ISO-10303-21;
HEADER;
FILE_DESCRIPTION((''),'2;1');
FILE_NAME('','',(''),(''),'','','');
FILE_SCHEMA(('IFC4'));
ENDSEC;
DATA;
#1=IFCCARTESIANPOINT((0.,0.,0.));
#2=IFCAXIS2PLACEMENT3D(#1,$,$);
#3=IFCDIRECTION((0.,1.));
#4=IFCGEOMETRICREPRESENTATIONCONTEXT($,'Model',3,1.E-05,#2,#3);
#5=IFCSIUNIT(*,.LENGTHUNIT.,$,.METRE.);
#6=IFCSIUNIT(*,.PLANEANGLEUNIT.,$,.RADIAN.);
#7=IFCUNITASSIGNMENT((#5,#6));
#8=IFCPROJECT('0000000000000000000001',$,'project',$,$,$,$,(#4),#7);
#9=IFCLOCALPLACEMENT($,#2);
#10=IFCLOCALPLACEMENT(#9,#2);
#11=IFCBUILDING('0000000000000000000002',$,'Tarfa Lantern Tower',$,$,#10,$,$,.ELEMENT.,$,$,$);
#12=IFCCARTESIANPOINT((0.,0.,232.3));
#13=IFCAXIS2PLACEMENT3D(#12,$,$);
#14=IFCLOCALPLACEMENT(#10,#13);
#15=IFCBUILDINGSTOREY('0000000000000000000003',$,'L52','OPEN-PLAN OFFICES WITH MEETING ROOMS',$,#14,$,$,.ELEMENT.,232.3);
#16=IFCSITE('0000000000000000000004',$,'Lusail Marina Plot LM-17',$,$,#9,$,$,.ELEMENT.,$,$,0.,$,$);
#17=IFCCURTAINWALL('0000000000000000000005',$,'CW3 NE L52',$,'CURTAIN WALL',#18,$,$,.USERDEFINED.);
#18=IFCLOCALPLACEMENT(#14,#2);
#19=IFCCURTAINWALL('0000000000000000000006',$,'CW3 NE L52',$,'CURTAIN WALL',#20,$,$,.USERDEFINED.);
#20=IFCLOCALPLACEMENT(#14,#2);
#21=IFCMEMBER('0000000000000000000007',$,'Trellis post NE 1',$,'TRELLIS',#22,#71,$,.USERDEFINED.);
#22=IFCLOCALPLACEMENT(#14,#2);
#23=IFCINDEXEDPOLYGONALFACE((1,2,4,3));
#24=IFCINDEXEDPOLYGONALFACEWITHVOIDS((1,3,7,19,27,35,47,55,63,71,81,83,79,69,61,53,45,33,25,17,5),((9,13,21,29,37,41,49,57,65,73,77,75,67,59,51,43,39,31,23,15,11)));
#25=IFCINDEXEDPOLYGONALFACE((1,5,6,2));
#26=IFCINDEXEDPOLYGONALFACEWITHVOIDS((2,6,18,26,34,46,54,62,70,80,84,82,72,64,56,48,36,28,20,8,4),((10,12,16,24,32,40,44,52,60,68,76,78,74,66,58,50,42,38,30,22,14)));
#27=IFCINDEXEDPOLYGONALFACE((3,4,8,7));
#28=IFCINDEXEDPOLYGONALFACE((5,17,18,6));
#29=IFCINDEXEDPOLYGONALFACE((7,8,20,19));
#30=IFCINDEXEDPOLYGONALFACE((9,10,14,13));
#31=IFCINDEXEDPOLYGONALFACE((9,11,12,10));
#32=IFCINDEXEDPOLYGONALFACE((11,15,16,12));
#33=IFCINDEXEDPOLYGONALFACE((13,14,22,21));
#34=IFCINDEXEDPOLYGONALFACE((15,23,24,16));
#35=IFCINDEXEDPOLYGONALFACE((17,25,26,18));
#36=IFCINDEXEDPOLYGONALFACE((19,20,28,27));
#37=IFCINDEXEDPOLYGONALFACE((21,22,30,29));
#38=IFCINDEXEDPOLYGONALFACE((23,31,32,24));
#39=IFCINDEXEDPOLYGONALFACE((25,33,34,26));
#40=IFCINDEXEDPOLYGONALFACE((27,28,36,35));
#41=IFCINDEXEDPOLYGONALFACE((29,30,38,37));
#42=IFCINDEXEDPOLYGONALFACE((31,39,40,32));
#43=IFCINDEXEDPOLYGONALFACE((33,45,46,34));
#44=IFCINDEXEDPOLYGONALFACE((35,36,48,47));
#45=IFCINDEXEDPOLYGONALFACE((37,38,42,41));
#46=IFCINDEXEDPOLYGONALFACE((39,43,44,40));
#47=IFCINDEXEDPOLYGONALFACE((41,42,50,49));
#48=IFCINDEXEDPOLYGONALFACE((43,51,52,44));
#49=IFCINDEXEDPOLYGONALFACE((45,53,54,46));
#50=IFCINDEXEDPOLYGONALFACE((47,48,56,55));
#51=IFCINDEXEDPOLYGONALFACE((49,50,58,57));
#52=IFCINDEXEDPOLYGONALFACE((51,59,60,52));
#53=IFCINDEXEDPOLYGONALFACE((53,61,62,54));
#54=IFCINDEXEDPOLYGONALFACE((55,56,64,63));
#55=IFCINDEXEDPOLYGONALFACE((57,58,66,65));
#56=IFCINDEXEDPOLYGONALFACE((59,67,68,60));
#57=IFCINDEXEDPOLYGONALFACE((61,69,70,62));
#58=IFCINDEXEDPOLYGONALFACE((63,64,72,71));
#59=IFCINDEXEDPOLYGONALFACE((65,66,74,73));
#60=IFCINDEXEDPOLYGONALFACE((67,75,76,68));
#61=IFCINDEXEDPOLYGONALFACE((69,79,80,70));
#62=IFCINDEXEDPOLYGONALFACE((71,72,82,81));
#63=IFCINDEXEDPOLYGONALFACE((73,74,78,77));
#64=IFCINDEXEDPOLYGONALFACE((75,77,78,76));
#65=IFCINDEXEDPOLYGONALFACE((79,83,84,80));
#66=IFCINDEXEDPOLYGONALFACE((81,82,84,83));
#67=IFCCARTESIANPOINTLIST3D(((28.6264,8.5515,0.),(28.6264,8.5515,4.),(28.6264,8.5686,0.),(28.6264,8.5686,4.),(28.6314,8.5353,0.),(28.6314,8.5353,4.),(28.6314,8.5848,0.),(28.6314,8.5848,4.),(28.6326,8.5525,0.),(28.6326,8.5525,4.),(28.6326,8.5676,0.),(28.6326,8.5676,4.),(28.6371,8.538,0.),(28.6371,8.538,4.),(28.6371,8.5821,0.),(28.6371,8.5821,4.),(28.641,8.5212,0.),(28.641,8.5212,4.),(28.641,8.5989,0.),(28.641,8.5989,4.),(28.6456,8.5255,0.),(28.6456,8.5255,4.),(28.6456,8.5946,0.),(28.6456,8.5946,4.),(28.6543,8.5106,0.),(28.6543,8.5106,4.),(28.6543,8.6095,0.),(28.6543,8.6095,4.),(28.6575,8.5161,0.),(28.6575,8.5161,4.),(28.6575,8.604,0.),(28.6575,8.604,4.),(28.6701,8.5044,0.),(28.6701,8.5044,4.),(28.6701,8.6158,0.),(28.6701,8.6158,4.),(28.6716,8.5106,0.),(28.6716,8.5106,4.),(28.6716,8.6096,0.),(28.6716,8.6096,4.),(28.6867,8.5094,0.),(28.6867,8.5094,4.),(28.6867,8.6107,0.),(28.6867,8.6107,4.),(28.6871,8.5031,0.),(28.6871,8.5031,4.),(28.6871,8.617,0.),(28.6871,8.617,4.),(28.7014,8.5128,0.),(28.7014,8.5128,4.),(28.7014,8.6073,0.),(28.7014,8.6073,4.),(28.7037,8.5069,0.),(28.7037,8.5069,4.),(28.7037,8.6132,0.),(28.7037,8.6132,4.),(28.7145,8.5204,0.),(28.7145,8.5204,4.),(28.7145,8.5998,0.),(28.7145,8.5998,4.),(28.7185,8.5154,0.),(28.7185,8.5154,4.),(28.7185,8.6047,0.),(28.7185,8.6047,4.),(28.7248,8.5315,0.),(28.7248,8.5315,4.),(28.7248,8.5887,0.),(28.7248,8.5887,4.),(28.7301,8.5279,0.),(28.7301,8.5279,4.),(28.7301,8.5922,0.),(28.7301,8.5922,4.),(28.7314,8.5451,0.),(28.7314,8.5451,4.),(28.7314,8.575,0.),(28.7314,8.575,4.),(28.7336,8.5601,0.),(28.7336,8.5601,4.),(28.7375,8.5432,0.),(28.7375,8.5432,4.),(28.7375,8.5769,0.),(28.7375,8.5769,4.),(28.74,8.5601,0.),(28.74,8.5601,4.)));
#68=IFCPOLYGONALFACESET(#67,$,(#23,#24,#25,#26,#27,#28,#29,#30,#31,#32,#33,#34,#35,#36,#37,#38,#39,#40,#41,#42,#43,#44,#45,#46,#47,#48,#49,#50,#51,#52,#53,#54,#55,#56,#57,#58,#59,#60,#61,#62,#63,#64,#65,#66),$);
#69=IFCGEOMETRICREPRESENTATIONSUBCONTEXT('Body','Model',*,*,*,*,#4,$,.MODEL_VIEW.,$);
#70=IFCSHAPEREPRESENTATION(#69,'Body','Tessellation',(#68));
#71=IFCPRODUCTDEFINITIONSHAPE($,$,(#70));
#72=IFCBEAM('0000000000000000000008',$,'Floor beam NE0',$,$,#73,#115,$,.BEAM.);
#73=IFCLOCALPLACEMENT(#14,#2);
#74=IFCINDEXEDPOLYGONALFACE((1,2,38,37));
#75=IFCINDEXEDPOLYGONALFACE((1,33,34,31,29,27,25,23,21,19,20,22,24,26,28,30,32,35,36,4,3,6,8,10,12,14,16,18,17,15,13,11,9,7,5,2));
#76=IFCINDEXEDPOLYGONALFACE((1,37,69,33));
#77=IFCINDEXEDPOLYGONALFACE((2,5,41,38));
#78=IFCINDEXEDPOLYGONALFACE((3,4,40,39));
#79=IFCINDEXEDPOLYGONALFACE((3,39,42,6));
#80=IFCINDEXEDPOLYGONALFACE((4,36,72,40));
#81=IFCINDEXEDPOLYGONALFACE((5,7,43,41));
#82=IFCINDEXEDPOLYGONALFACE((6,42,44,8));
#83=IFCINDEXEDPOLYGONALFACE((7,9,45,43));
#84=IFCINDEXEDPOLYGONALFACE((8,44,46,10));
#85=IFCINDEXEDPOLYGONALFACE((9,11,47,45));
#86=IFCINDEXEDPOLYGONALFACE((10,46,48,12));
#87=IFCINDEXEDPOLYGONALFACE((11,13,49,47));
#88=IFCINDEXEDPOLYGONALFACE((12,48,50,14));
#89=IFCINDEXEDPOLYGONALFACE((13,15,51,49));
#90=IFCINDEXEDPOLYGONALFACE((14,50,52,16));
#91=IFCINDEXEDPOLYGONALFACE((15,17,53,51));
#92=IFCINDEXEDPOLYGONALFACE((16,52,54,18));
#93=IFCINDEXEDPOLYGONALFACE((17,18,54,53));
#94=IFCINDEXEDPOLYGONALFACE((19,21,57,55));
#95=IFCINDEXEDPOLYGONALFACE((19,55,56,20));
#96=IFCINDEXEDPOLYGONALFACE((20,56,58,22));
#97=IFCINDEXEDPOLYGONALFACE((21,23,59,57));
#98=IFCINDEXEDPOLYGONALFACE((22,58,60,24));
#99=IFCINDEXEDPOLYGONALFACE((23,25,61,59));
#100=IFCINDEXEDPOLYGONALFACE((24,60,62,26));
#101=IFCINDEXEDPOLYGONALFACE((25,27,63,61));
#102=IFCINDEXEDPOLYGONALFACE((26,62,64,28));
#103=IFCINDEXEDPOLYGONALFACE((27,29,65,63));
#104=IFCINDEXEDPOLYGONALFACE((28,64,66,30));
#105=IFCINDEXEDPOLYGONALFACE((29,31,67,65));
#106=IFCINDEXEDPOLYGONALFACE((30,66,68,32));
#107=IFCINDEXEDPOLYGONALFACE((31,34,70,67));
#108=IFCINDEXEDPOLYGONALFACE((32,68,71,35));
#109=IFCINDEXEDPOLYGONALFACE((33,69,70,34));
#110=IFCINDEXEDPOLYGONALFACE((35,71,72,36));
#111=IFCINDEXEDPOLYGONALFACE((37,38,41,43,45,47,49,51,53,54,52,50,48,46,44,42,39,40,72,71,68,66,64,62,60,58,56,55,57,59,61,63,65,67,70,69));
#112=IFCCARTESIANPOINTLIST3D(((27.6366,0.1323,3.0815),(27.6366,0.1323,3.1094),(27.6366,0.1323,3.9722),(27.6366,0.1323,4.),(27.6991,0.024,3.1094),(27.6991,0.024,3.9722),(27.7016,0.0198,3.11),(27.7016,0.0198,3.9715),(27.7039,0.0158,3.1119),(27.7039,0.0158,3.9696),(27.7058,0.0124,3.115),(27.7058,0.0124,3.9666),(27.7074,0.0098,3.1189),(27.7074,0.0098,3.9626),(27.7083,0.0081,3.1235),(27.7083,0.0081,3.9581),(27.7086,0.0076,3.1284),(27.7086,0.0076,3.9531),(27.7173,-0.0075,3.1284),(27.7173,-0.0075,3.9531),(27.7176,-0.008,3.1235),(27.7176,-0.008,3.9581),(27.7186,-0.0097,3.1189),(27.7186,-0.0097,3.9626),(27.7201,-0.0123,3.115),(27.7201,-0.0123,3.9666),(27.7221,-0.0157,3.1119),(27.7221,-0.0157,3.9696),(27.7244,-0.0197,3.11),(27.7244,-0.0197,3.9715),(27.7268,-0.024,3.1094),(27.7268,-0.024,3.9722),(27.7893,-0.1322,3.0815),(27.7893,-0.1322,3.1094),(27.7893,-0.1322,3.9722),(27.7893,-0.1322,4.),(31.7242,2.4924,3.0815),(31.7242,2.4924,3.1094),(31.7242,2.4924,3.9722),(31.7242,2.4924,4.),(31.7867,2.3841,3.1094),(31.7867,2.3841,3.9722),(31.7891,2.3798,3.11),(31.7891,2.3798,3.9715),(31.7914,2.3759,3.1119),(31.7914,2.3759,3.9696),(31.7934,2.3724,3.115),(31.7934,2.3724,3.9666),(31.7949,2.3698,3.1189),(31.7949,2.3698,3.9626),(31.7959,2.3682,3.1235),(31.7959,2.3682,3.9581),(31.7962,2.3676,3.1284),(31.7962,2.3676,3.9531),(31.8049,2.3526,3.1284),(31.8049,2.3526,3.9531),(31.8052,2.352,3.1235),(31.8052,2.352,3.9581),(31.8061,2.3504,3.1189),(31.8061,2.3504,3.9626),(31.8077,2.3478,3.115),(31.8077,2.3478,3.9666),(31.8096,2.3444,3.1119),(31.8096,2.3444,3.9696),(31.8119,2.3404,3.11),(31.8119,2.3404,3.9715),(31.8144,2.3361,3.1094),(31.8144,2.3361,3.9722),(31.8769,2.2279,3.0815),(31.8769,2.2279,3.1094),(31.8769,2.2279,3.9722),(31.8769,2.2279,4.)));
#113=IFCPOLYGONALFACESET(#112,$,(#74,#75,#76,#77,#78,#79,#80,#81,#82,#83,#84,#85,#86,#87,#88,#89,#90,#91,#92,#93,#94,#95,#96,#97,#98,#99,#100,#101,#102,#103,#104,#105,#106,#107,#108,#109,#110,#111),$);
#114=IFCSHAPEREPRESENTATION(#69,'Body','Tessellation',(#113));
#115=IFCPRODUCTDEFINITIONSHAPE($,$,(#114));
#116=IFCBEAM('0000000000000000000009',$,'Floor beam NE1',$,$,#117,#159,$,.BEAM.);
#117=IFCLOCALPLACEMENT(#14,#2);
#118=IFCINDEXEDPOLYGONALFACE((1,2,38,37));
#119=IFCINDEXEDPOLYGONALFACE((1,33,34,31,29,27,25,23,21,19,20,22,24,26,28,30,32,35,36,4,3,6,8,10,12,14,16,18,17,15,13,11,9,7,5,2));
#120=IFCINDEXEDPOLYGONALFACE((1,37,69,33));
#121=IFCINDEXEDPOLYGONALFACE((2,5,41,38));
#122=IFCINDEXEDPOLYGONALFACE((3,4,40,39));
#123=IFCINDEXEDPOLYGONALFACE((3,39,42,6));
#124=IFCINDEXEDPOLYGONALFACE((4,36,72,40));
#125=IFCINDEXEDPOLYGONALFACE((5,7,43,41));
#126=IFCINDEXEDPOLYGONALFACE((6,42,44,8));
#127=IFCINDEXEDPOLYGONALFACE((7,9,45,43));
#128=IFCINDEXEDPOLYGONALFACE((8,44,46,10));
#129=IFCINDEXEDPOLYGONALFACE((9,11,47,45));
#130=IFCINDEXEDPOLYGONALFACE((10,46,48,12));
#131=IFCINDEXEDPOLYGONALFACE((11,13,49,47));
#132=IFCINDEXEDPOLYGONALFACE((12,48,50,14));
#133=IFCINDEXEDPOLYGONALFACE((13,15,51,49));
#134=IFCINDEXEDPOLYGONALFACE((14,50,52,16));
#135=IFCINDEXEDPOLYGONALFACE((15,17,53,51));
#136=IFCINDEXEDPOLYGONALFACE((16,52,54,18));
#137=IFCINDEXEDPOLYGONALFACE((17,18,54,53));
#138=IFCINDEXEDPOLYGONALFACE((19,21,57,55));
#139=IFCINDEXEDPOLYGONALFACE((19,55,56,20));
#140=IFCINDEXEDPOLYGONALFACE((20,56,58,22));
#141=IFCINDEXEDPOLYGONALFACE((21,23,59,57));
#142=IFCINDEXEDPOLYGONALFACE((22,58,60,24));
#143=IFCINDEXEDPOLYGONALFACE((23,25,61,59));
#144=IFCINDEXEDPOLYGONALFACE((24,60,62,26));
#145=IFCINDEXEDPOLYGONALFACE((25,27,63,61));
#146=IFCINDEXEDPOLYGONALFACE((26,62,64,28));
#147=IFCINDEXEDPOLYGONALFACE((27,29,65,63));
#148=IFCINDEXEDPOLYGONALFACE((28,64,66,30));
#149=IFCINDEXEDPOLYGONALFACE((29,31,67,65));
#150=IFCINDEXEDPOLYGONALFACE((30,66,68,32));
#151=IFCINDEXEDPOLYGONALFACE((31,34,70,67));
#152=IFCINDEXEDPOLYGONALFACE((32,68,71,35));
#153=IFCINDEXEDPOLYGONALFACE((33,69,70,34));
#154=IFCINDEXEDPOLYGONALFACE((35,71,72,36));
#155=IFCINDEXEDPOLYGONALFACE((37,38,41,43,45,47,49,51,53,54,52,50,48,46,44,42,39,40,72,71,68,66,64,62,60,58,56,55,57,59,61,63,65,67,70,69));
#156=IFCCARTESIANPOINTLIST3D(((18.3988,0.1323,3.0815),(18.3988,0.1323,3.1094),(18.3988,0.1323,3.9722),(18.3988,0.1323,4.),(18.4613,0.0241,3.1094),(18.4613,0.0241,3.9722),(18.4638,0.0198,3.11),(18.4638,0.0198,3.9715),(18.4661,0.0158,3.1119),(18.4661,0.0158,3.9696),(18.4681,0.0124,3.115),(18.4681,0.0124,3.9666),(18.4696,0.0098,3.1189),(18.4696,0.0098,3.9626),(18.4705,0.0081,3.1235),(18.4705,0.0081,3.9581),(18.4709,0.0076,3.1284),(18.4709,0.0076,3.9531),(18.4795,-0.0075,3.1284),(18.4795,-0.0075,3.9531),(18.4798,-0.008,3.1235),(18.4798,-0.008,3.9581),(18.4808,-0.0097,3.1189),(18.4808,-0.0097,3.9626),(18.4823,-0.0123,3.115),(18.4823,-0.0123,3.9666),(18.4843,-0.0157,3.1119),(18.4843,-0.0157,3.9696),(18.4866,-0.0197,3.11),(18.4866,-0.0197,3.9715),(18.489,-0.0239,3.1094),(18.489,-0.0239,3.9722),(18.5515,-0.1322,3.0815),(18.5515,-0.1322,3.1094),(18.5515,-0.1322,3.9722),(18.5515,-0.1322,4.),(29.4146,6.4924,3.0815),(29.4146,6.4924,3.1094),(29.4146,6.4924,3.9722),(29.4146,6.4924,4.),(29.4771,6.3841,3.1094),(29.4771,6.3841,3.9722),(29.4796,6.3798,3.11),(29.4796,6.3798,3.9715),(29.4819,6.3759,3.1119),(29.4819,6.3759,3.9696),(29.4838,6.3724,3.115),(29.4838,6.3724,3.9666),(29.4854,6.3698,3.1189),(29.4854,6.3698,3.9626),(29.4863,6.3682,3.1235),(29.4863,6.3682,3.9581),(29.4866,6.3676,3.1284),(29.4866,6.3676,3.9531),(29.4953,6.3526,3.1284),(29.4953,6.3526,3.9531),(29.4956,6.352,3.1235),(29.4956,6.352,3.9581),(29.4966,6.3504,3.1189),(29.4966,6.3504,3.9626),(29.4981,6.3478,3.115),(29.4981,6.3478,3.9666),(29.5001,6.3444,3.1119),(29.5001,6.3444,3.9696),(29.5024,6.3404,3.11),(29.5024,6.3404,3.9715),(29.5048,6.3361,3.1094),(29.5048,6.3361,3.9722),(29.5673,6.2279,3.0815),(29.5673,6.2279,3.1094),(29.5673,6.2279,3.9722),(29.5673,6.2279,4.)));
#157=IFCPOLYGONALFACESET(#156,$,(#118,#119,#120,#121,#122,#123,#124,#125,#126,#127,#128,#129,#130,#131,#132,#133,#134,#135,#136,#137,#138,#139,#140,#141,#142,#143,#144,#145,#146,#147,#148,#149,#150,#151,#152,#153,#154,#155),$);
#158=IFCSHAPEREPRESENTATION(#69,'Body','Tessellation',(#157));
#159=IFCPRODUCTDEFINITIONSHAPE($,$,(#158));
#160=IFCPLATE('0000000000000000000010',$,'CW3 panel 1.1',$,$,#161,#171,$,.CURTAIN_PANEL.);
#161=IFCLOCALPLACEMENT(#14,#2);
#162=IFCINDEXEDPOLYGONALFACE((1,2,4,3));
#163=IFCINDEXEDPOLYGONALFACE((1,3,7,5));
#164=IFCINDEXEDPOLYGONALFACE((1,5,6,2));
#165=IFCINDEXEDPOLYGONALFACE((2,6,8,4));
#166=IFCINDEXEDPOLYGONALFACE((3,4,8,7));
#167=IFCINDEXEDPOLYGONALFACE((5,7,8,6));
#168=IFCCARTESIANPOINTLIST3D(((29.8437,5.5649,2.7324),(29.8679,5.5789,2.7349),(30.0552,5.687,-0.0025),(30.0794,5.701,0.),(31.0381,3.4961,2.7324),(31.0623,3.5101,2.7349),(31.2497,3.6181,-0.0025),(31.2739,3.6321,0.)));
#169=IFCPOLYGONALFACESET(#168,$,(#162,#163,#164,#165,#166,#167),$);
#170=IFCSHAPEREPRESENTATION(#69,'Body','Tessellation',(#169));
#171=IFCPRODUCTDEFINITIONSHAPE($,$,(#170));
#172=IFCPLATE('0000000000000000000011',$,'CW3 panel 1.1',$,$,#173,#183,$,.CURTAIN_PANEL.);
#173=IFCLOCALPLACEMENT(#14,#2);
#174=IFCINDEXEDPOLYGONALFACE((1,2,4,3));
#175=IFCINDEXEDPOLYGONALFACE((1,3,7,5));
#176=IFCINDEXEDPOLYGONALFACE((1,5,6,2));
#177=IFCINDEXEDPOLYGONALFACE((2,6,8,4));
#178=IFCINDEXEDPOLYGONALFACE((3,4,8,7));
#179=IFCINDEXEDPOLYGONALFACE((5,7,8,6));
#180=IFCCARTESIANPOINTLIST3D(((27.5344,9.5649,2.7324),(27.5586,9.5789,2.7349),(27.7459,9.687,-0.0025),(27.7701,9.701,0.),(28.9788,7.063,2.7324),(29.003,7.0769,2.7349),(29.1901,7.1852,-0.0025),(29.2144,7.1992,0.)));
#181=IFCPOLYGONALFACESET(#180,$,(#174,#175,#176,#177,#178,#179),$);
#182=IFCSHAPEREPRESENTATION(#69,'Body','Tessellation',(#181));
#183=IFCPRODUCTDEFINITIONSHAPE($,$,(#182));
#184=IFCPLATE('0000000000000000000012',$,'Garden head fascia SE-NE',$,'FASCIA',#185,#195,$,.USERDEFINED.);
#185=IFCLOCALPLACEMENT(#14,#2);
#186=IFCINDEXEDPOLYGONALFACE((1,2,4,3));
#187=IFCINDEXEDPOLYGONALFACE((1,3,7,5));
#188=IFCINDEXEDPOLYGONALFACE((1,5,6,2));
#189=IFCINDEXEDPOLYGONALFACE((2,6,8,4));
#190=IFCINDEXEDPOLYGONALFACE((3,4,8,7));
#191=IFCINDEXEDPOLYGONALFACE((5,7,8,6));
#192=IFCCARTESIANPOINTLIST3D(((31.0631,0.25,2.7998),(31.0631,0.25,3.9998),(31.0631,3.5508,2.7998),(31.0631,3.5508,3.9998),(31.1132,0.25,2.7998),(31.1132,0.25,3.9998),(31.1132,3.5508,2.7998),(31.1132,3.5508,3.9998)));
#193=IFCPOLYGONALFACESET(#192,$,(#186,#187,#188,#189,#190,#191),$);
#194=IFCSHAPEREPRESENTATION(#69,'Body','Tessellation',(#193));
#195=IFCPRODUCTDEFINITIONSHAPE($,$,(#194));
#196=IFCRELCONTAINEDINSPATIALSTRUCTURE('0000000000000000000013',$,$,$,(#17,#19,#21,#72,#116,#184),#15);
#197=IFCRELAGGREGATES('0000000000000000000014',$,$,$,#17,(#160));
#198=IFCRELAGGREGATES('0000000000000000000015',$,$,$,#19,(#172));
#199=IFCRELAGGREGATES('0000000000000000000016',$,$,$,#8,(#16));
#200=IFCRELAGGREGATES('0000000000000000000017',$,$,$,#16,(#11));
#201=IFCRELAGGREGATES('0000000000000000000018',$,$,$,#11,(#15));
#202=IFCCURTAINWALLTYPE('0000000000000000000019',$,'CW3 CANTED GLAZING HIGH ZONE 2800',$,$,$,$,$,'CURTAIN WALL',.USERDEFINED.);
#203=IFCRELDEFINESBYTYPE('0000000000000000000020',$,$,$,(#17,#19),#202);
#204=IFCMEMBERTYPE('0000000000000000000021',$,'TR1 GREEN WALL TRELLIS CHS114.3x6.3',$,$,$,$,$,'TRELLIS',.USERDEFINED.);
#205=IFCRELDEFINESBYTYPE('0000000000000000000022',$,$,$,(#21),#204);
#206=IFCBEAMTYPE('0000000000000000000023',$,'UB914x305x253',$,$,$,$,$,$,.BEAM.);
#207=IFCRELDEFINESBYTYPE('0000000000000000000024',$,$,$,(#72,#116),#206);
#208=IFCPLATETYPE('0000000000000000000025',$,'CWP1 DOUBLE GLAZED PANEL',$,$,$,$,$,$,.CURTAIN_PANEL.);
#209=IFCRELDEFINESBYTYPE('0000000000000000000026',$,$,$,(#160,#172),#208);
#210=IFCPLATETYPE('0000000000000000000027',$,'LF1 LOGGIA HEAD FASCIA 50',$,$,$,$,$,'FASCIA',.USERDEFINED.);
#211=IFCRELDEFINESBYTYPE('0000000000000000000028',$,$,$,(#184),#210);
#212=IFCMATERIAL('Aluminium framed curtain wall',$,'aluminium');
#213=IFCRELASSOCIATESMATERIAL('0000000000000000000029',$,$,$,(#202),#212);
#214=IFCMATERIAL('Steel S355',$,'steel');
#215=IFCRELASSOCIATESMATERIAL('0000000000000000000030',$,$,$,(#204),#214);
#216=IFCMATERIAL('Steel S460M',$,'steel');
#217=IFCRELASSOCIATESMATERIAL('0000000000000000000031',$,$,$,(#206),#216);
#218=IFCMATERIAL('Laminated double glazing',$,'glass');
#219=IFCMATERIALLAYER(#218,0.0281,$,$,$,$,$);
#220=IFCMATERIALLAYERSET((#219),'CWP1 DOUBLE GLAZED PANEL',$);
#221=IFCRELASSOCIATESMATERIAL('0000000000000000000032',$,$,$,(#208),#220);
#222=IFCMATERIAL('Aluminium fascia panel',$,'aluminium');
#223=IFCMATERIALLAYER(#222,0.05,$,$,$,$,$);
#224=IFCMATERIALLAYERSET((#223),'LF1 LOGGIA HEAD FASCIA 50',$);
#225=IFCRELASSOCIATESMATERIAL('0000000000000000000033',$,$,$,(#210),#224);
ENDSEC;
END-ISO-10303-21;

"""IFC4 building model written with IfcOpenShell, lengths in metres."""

from ifc_helpers import new_model, si_unit, direction, frame, origin, origin_2d, place, context, subcontext, project, spatial, polyline, rectangle, hollow_circle, i_section, outline, extrude, material, layer, layer_set, material_profile, profile_set, type_object, element, aggregate, save


model = new_model("IFC4")

# Units and contexts
model_context = context("Model", 3, precision=1e-05, world=origin(), true_north=direction((0.0, 1.0)))
body_context = subcontext(model_context, "Body", "Model", "MODEL_VIEW")
ifc_project = project(units=[si_unit("LENGTHUNIT", "METRE"), si_unit("PLANEANGLEUNIT", "RADIAN")], contexts=[model_context])

# Site, building, storey
site_placement = place(None, origin())
site = spatial("IfcSite", under=ifc_project, at=site_placement, Name="Lusail Marina Plot LM-17", CompositionType="ELEMENT", RefElevation=0.0)
building_placement = place(site_placement, origin())
building = spatial("IfcBuilding", under=site, at=building_placement, Name="Tarfa Lantern Tower", CompositionType="ELEMENT")
storey_placement = place(building_placement, frame((0.0, 0.0, 232.3)))
storey = spatial("IfcBuildingStorey", under=building, at=storey_placement, Name="L52", Description="OPEN-PLAN OFFICES WITH MEETING ROOMS", CompositionType="ELEMENT", Elevation=232.3)

# Curtain walls
ifc_material_1 = material(Name="Aluminium framed curtain wall", Category="aluminium")
curtain_wall_type = type_object("IfcCurtainWallType", Name="CW3 CANTED GLAZING HIGH ZONE 2800", ElementType="CURTAIN WALL", PredefinedType="USERDEFINED", material=ifc_material_1)
curtain_wall_1_placement = place(storey_placement, origin())
curtain_wall_1 = element("IfcCurtainWall", 1, at=curtain_wall_1_placement, inside=storey, type_object=curtain_wall_type, Name="CW3 NE L52", ObjectType="CURTAIN WALL", PredefinedType="USERDEFINED")
curtain_wall_2_placement = place(storey_placement, origin())
curtain_wall_2 = element("IfcCurtainWall", 2, at=curtain_wall_2_placement, inside=storey, type_object=curtain_wall_type, Name="CW3 NE L52", ObjectType="CURTAIN WALL", PredefinedType="USERDEFINED")

# Member
ifc_material_2 = material(Name="Steel S355", Category="steel")
ifc_material_profile_1 = material_profile(ifc_material_2, hollow_circle(Radius=0.0571, WallThickness=0.0063, at=origin_2d()), Name="CHS114.3x6.3")
ifc_profile_set_1 = profile_set([ifc_material_profile_1], Name="Steel S355")
member_type_1 = type_object("IfcMemberType", Name="TR1 GREEN WALL TRELLIS CHS114.3x6.3", ElementType="TRELLIS", PredefinedType="USERDEFINED", material=ifc_profile_set_1)
member_1_placement = place(storey_placement, frame((28.6829, 8.5601, 0.0), z_axis=(0.0, 0.0, 1.0), x_axis=(1.0, 0.0, 0.0)))
element("IfcMember", 3, at=member_1_placement, inside=storey, type_object=member_type_1, Name="Trellis post NE 1", ObjectType="TRELLIS", PredefinedType="USERDEFINED", context=body_context, shape_type="SweptSolid", body=[
    extrude(hollow_circle(Radius=0.0571, WallThickness=0.0063, at=origin_2d()), origin(), (0.0, 0.0, 1.0), 4.0),
])

# Beams
ifc_material_3 = material(Name="Steel S460M", Category="steel")
ifc_material_profile_2 = material_profile(ifc_material_3, i_section(OverallWidth=0.3054, OverallDepth=0.9185, WebThickness=0.0173, FlangeThickness=0.0278, FilletRadius=0.019, at=origin_2d()), Name="UB914x305x253")
ifc_profile_set_2 = profile_set([ifc_material_profile_2], Name="Steel S460M")
beam_type_1 = type_object("IfcBeamType", Name="UB914x305x253", PredefinedType="BEAM", material=ifc_profile_set_2)
beam_1_placement = place(storey_placement, frame((31.8005, 2.3601, 3.5408), z_axis=(-0.866016, -0.500016, 0.0), x_axis=(0.500016, -0.866016, 0.0)))
element("IfcBeam", 4, at=beam_1_placement, inside=storey, type_object=beam_type_1, Name="Floor beam NE0", PredefinedType="BEAM", context=body_context, shape_type="SweptSolid", body=[
    extrude(i_section(OverallWidth=0.3054, OverallDepth=0.9185, WebThickness=0.0173, FlangeThickness=0.0278, FilletRadius=0.019, at=origin_2d()), origin(), (0.0, 0.0, 1.0), 4.72),
])
beam_2_placement = place(storey_placement, frame((29.491, 6.3601, 3.5408), z_axis=(-0.866022, -0.500005, 0.0), x_axis=(0.500005, -0.866022, 0.0)))
element("IfcBeam", 5, at=beam_2_placement, inside=storey, type_object=beam_type_1, Name="Floor beam NE1", PredefinedType="BEAM", context=body_context, shape_type="SweptSolid", body=[
    extrude(i_section(OverallWidth=0.3054, OverallDepth=0.9185, WebThickness=0.0173, FlangeThickness=0.0278, FilletRadius=0.019, at=origin_2d()), origin(), (0.0, 0.0, 1.0), 12.72),
])

# Plates
ifc_material_4 = material(Name="Laminated double glazing", Category="glass")
ifc_layer_1 = layer(ifc_material_4, 0.0281)
ifc_layer_set_1 = layer_set([ifc_layer_1], Name="CWP1 DOUBLE GLAZED PANEL")
plate_type_1 = type_object("IfcPlateType", Name="CWP1 DOUBLE GLAZED PANEL", PredefinedType="CURTAIN_PANEL", material=ifc_layer_set_1)
plate_1_placement = place(storey_placement, frame((31.2739, 3.6321, 0.0), z_axis=(0.862591, 0.498021, 0.088952), x_axis=(-0.500003, 0.866024, 0.000004)))
plate_1 = element("IfcPlate", 6, at=plate_1_placement, type_object=plate_type_1, Name="CW3 panel 1.1", PredefinedType="CURTAIN_PANEL", context=body_context, shape_type="SweptSolid", body=[
    extrude(outline(polyline([(0.0, 0.0), (2.389, 0.0), (2.389, 2.7457), (0.0001, 2.7458), (0.0, 0.0)])), origin(), (0.0, 0.0, -1.0), 0.0281),
])
aggregate(curtain_wall_1, [plate_1])
plate_2_placement = place(storey_placement, frame((29.2144, 7.1992, 0.0), z_axis=(0.862608, 0.497994, 0.088936), x_axis=(-0.499975, 0.86604, 0.000002)))
plate_2 = element("IfcPlate", 7, at=plate_2_placement, type_object=plate_type_1, Name="CW3 panel 1.1", PredefinedType="CURTAIN_PANEL", context=body_context, shape_type="SweptSolid", body=[
    extrude(outline(polyline([(0.0, 0.0), (2.8887, 0.0), (2.8887, 2.7457), (-0.0002, 2.7457), (0.0, 0.0)])), origin(), (0.0, 0.0, -1.0), 0.0281),
])
aggregate(curtain_wall_2, [plate_2])
ifc_material_5 = material(Name="Aluminium fascia panel", Category="aluminium")
ifc_layer_2 = layer(ifc_material_5, 0.05)
ifc_layer_set_2 = layer_set([ifc_layer_2], Name="LF1 LOGGIA HEAD FASCIA 50")
plate_type_2 = type_object("IfcPlateType", Name="LF1 LOGGIA HEAD FASCIA 50", ElementType="FASCIA", PredefinedType="USERDEFINED", material=ifc_layer_set_2)
plate_3_placement = place(storey_placement, frame((31.0881, 1.9004, 2.7998), z_axis=(0.0, 0.0, 1.0), x_axis=(0.0, 1.0, 0.0)))
element("IfcPlate", 8, at=plate_3_placement, inside=storey, type_object=plate_type_2, Name="Garden head fascia SE-NE", ObjectType="FASCIA", PredefinedType="USERDEFINED", context=body_context, shape_type="SweptSolid", body=[
    extrude(rectangle(XDim=3.3008, YDim=0.05, at=origin_2d()), origin(), (0.0, 0.0, 1.0), 1.2),
])

save(model, "model.ifc")
